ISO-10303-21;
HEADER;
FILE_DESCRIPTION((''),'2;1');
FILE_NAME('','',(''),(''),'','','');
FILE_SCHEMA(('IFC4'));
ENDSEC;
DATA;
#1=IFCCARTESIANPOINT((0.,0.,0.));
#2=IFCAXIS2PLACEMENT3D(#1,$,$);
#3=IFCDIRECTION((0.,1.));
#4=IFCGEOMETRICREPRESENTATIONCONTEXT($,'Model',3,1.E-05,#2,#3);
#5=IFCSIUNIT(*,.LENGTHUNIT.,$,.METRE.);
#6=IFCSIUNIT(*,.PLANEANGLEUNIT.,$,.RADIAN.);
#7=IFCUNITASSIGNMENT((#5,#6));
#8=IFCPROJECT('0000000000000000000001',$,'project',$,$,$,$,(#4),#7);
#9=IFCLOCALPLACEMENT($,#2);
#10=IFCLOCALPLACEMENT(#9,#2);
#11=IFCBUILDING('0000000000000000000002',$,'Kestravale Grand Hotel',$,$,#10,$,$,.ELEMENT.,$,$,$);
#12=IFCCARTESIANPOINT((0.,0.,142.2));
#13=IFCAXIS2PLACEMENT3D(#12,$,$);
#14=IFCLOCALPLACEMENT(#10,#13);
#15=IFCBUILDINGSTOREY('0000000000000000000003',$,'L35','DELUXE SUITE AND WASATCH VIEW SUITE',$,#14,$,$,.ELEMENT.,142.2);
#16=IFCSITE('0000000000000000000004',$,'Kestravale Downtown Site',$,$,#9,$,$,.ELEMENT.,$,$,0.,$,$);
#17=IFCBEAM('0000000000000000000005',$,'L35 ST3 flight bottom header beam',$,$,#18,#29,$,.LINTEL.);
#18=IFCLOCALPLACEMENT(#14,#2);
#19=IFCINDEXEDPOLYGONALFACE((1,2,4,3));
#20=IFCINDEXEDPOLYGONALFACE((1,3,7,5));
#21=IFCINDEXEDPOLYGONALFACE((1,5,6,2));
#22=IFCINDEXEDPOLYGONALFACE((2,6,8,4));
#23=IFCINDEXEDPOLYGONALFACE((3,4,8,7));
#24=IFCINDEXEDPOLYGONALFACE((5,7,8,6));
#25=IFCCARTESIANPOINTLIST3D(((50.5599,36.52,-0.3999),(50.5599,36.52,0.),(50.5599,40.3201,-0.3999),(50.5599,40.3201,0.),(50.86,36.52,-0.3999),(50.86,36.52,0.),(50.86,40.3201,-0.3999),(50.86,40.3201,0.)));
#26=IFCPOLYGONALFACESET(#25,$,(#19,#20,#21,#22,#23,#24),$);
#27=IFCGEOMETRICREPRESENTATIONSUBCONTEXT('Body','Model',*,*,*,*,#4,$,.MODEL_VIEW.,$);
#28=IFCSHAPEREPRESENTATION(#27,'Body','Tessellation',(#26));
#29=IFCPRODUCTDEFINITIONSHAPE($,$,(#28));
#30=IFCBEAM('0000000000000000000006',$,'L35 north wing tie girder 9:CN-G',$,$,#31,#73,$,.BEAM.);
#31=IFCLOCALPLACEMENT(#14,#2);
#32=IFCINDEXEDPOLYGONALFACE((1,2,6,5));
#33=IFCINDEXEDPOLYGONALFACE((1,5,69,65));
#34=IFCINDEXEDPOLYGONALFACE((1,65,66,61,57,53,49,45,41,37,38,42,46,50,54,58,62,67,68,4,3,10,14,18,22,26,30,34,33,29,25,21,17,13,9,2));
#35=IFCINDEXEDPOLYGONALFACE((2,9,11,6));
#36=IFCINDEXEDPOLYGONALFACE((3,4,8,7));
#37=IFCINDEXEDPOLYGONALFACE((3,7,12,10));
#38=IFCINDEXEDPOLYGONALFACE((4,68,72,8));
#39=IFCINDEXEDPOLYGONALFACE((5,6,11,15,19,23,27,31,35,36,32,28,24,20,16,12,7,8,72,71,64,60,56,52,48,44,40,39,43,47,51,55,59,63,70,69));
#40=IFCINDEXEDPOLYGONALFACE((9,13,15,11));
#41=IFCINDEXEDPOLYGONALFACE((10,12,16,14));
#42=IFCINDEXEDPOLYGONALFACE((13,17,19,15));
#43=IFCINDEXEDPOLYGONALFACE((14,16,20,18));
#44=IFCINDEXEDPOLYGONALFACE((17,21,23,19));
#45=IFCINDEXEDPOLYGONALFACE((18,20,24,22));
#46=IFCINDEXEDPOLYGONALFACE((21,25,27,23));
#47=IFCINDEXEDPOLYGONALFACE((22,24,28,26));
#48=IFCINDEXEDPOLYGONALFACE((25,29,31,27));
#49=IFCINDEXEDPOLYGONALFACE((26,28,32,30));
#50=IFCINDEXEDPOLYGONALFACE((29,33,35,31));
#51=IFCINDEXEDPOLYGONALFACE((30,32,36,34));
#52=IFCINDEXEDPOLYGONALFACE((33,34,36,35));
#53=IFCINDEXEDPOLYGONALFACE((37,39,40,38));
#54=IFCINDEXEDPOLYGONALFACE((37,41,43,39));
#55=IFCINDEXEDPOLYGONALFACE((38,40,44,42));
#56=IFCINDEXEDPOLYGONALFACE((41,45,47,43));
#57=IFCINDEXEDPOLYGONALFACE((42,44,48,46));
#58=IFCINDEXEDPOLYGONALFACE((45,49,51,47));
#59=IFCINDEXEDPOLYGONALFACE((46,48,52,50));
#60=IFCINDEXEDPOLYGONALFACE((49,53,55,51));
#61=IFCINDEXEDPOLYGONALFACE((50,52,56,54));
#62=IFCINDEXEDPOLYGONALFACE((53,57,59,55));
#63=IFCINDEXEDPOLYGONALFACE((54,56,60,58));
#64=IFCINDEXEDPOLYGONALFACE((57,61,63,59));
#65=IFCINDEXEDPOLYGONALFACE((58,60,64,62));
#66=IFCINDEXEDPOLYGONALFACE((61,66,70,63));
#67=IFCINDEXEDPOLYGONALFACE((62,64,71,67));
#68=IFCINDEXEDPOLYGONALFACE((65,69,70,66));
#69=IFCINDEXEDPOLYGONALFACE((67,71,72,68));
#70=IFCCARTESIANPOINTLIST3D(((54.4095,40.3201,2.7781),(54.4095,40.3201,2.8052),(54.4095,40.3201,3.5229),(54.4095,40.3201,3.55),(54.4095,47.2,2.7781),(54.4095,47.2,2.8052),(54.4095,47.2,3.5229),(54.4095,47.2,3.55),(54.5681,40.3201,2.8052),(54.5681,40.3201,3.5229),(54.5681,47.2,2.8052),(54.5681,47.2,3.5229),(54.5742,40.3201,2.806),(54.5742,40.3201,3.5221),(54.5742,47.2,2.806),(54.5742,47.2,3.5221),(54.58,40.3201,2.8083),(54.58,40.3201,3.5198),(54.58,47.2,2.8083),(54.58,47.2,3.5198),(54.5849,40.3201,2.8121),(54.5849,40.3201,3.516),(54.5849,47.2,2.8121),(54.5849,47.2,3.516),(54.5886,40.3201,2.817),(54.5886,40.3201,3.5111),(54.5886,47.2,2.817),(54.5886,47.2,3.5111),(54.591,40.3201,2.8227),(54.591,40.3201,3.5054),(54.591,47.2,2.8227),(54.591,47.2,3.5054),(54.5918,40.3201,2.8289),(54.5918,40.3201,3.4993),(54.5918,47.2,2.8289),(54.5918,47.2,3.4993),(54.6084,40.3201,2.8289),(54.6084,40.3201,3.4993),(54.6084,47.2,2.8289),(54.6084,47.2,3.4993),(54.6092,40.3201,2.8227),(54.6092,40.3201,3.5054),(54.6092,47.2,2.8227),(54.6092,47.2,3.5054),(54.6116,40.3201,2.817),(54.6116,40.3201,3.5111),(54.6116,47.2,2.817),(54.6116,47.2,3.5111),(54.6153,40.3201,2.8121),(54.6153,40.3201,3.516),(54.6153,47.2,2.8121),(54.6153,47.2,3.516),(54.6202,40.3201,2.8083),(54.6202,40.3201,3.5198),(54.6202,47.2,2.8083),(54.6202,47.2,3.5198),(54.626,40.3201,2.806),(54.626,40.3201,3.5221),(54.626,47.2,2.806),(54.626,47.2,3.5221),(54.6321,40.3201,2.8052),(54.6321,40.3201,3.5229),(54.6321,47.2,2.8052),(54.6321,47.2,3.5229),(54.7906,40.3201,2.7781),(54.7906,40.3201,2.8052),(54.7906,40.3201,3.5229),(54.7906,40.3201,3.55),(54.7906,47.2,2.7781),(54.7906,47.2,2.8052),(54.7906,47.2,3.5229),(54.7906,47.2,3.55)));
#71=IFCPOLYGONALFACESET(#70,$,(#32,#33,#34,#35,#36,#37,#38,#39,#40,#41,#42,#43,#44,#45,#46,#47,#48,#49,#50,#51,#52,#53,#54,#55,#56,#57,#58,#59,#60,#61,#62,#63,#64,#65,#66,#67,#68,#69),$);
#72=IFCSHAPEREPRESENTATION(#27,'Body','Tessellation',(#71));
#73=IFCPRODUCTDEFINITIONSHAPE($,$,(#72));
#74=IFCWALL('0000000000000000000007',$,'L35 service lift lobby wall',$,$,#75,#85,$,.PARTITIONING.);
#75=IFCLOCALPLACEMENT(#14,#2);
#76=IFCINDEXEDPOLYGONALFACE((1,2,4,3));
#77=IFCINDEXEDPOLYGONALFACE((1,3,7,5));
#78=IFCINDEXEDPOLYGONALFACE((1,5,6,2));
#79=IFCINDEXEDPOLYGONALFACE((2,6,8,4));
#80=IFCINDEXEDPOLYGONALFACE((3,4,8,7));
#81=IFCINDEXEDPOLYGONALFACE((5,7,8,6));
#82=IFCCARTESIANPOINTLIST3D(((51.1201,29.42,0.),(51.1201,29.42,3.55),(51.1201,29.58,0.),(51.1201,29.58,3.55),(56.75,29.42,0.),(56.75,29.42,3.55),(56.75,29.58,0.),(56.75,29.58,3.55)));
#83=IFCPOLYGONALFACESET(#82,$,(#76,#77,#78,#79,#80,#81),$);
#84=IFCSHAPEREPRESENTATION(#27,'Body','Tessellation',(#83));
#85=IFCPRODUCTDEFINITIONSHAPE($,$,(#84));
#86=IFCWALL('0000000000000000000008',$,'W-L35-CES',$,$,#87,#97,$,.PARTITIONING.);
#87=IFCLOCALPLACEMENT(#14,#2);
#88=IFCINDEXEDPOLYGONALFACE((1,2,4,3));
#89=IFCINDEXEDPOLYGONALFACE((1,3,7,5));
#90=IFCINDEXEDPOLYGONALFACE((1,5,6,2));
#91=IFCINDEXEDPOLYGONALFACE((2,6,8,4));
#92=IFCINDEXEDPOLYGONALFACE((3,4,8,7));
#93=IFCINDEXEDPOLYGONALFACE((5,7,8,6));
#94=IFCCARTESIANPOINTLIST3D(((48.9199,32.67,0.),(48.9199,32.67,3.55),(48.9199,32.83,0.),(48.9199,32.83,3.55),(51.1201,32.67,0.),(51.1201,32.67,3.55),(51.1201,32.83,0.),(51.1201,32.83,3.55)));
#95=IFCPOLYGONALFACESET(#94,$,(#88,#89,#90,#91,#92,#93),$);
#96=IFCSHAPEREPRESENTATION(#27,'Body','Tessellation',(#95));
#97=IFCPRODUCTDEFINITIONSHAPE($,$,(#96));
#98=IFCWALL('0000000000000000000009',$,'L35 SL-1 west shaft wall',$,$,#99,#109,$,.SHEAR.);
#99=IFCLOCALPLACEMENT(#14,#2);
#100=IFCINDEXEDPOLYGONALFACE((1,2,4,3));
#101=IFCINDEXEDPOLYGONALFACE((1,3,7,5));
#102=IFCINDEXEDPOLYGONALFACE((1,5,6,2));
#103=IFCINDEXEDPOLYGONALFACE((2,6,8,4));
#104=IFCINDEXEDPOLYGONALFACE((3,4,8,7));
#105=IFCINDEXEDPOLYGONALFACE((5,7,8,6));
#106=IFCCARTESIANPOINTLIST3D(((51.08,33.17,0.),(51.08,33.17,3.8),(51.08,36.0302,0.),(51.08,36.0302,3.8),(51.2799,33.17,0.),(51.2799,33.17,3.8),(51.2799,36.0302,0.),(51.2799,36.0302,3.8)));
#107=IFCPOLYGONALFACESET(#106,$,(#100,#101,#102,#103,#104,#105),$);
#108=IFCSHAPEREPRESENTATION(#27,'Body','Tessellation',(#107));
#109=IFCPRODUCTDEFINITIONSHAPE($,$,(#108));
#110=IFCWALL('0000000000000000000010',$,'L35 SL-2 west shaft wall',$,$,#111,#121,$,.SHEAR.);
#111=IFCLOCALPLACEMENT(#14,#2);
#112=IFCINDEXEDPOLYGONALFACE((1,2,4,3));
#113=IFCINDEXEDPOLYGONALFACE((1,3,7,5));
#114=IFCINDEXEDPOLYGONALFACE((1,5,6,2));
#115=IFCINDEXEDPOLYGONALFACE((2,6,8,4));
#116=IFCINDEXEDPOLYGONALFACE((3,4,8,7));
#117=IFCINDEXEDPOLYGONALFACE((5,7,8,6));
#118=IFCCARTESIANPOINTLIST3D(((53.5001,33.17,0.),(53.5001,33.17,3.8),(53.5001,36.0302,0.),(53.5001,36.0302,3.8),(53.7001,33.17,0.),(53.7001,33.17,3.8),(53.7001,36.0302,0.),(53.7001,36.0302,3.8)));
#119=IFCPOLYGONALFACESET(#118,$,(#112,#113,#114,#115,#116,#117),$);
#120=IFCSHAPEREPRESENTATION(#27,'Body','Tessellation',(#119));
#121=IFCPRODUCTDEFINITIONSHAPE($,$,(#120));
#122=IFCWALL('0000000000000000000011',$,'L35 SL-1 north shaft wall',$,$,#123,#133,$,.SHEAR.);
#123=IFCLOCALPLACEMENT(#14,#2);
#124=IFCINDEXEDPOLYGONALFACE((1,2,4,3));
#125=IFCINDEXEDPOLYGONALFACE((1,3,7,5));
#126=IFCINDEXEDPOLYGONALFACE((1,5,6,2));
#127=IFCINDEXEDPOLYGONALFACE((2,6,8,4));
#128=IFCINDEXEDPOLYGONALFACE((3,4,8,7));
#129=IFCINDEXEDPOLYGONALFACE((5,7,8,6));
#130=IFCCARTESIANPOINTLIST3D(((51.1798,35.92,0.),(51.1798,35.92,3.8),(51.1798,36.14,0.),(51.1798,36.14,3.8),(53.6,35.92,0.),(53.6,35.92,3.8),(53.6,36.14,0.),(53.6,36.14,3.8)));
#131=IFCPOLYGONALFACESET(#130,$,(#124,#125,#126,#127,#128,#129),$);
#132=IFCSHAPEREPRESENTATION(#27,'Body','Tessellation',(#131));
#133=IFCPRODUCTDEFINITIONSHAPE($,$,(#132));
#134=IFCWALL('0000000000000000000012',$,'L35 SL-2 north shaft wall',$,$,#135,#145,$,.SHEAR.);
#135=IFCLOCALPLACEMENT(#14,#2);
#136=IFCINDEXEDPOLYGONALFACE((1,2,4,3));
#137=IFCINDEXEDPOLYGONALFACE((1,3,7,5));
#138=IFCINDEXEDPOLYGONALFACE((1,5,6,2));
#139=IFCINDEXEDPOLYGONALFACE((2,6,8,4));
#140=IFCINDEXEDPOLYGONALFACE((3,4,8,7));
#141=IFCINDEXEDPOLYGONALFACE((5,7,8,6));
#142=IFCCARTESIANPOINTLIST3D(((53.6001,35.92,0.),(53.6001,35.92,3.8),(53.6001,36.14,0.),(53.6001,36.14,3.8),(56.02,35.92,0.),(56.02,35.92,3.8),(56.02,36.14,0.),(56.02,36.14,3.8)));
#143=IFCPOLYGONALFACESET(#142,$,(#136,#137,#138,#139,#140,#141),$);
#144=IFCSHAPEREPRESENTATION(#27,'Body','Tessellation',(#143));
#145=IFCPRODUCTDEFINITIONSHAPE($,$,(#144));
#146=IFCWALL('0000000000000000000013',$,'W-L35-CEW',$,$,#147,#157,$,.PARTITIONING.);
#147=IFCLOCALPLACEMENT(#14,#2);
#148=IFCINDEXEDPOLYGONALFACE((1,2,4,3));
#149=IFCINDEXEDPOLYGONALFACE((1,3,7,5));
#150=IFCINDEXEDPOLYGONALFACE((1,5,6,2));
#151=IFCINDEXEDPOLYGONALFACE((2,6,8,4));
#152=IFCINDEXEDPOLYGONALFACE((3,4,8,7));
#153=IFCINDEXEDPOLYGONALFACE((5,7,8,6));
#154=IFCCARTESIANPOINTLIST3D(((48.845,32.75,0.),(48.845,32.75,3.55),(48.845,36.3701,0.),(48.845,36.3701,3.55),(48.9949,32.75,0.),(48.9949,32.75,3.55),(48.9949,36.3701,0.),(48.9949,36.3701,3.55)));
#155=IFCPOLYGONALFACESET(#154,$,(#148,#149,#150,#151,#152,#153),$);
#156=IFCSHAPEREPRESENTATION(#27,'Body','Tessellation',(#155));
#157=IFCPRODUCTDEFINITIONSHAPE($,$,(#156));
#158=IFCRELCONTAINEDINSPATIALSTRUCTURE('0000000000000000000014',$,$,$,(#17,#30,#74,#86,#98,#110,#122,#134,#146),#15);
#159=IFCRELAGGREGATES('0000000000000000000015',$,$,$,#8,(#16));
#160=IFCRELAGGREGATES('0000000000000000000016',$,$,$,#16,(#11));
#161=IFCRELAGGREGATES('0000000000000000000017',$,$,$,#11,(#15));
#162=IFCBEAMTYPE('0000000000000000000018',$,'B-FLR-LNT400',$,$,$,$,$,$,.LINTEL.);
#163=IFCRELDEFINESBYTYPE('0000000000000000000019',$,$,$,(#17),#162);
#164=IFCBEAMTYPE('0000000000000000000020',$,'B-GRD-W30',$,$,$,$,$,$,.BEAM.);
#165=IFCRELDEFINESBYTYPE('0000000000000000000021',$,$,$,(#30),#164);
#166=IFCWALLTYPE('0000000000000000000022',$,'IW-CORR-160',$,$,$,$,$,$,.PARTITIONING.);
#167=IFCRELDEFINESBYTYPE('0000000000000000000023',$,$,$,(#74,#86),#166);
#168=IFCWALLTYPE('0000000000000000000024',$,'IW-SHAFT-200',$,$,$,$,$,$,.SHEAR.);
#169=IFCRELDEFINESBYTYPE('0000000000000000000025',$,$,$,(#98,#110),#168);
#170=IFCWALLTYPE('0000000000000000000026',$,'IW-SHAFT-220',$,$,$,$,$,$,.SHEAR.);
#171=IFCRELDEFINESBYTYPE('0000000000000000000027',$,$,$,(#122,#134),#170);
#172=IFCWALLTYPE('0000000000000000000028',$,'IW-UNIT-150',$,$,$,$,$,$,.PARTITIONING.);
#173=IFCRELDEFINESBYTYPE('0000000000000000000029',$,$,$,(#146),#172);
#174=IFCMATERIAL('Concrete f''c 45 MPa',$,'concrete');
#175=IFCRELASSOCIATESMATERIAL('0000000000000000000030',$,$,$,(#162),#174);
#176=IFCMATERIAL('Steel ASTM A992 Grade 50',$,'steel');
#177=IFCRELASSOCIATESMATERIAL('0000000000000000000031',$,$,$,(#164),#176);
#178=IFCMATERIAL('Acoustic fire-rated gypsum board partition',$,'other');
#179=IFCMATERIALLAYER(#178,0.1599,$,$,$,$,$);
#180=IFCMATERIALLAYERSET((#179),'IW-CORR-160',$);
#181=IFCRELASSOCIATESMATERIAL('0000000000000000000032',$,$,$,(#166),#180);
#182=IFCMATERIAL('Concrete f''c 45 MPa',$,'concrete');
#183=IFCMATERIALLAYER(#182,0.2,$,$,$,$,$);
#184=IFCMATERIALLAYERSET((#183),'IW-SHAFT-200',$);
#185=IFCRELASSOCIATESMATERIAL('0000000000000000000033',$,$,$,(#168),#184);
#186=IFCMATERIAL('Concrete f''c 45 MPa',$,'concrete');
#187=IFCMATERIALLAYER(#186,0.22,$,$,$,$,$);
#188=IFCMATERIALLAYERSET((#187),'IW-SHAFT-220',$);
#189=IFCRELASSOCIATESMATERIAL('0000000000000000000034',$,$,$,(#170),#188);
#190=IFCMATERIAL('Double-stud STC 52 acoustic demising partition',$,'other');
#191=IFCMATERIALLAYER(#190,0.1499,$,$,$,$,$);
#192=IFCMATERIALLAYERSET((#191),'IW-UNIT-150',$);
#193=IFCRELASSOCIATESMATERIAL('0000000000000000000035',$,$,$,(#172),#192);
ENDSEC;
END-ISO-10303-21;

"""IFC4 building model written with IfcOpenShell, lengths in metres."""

from ifc_helpers import new_model, si_unit, direction, frame, frame_2d, origin, origin_2d, place, context, subcontext, project, spatial, rectangle, i_section, extrude, material, layer, layer_set, material_profile, profile_set, type_object, element, save


model = new_model("IFC4")

# Units and contexts
model_context = context("Model", 3, precision=1e-05, world=origin(), true_north=direction((0.0, 1.0)))
body_context = subcontext(model_context, "Body", "Model", "MODEL_VIEW")
ifc_project = project(units=[si_unit("LENGTHUNIT", "METRE"), si_unit("PLANEANGLEUNIT", "RADIAN")], contexts=[model_context])

# Site, building, storey
site_placement = place(None, origin())
site = spatial("IfcSite", under=ifc_project, at=site_placement, Name="Kestravale Downtown Site", CompositionType="ELEMENT", RefElevation=0.0)
building_placement = place(site_placement, origin())
building = spatial("IfcBuilding", under=site, at=building_placement, Name="Kestravale Grand Hotel", CompositionType="ELEMENT")
storey_placement = place(building_placement, frame((0.0, 0.0, 142.2)))
storey = spatial("IfcBuildingStorey", under=building, at=storey_placement, Name="L35", Description="DELUXE SUITE AND WASATCH VIEW SUITE", CompositionType="ELEMENT", Elevation=142.2)

# Beams
ifc_material_1 = material(Name="Concrete f'c 45 MPa", Category="concrete")
ifc_material_profile_1 = material_profile(ifc_material_1, rectangle(XDim=0.3, YDim=0.3999, at=origin_2d()))
ifc_profile_set_1 = profile_set([ifc_material_profile_1], Name="Concrete f'c 45 MPa")
beam_type_1 = type_object("IfcBeamType", Name="B-FLR-LNT400", PredefinedType="LINTEL", material=ifc_profile_set_1)
beam_1_placement = place(storey_placement, frame((50.71, 36.52, -0.2), z_axis=(0.0, 1.0, 0.0), x_axis=(-1.0, 0.0, 0.0)))
element("IfcBeam", 1, at=beam_1_placement, inside=storey, type_object=beam_type_1, Name="L35 ST3 flight bottom header beam", PredefinedType="LINTEL", context=body_context, shape_type="SweptSolid", body=[
    extrude(rectangle(XDim=0.3, YDim=0.3999, at=origin_2d()), origin(), (0.0, 0.0, 1.0), 3.8),
])
ifc_material_2 = material(Name="Steel ASTM A992 Grade 50", Category="steel")
ifc_material_profile_2 = material_profile(ifc_material_2, i_section(OverallWidth=0.3811, OverallDepth=0.772, WebThickness=0.0166, FlangeThickness=0.0271, FilletRadius=0.0237, at=origin_2d()))
ifc_profile_set_2 = profile_set([ifc_material_profile_2], Name="Steel ASTM A992 Grade 50")
beam_type_2 = type_object("IfcBeamType", Name="B-GRD-W30", PredefinedType="BEAM", material=ifc_profile_set_2)
beam_2_placement = place(storey_placement, frame((54.6001, 40.3201, 3.1641), z_axis=(0.0, 1.0, 0.0), x_axis=(-1.0, 0.0, 0.0)))
element("IfcBeam", 2, at=beam_2_placement, inside=storey, type_object=beam_type_2, Name="L35 north wing tie girder 9:CN-G", PredefinedType="BEAM", context=body_context, shape_type="SweptSolid", body=[
    extrude(i_section(OverallWidth=0.3811, OverallDepth=0.772, WebThickness=0.0166, FlangeThickness=0.0271, FilletRadius=0.0237, at=origin_2d()), origin(), (0.0, 0.0, 1.0), 6.8799),
])

# Shared definitions
ifc_material_3 = material(Name="Acoustic fire-rated gypsum board partition", Category="other")
ifc_layer_1 = layer(ifc_material_3, 0.1599)
ifc_layer_set_1 = layer_set([ifc_layer_1], Name="IW-CORR-160")
wall_type_1 = type_object("IfcWallType", Name="IW-CORR-160", PredefinedType="PARTITIONING", material=ifc_layer_set_1)

# Walls
wall_1_placement = place(storey_placement, frame((51.1201, 29.5, 0.0), z_axis=(0.0, 0.0, 1.0), x_axis=(1.0, 0.0, 0.0)))
element("IfcWall", 3, at=wall_1_placement, inside=storey, type_object=wall_type_1, Name="L35 service lift lobby wall", PredefinedType="PARTITIONING", context=body_context, shape_type="SweptSolid", body=[
    extrude(rectangle(XDim=5.6299, YDim=0.1599, at=frame_2d((2.8149, 0.0))), origin(), (0.0, 0.0, 1.0), 3.55),
])
wall_2_placement = place(storey_placement, frame((48.9199, 32.75, 0.0), z_axis=(0.0, 0.0, 1.0), x_axis=(1.0, 0.0, 0.0)))
element("IfcWall", 4, at=wall_2_placement, inside=storey, type_object=wall_type_1, Name="W-L35-CES", PredefinedType="PARTITIONING", context=body_context, shape_type="SweptSolid", body=[
    extrude(rectangle(XDim=2.2002, YDim=0.1599, at=frame_2d((1.1001, 0.0))), origin(), (0.0, 0.0, 1.0), 3.55),
])
ifc_material_4 = material(Name="Concrete f'c 45 MPa", Category="concrete")
ifc_layer_2 = layer(ifc_material_4, 0.2)
ifc_layer_set_2 = layer_set([ifc_layer_2], Name="IW-SHAFT-200")
wall_type_2 = type_object("IfcWallType", Name="IW-SHAFT-200", PredefinedType="SHEAR", material=ifc_layer_set_2)
for number, where, z_axis, x_axis, name in (
    (5, (51.1799, 33.1699, 0.0), (0.0, 0.0, 1.0), (0.0, 1.0, 0.0), "L35 SL-1 west shaft wall"),
    (6, (53.6001, 33.1699, 0.0), (0.0, 0.0, 1.0), (0.0, 1.0, 0.0), "L35 SL-2 west shaft wall"),
):
    element("IfcWall", number, at=place(storey_placement, frame(where, z_axis=z_axis, x_axis=x_axis)), inside=storey, type_object=wall_type_2, Name=name, PredefinedType="SHEAR", context=body_context, shape_type="SweptSolid", body=[
        extrude(rectangle(XDim=2.8601, YDim=0.2, at=frame_2d((1.4302, 0.0))), origin(), (0.0, 0.0, 1.0), 3.8),
    ])
ifc_material_5 = material(Name="Concrete f'c 45 MPa", Category="concrete")
ifc_layer_3 = layer(ifc_material_5, 0.22)
ifc_layer_set_3 = layer_set([ifc_layer_3], Name="IW-SHAFT-220")
wall_type_3 = type_object("IfcWallType", Name="IW-SHAFT-220", PredefinedType="SHEAR", material=ifc_layer_set_3)
wall_3_placement = place(storey_placement, frame((51.1799, 36.03, 0.0), z_axis=(0.0, 0.0, 1.0), x_axis=(1.0, 0.0, 0.0)))
element("IfcWall", 7, at=wall_3_placement, inside=storey, type_object=wall_type_3, Name="L35 SL-1 north shaft wall", PredefinedType="SHEAR", context=body_context, shape_type="SweptSolid", body=[
    extrude(rectangle(XDim=2.4202, YDim=0.22, at=frame_2d((1.21, 0.0))), origin(), (0.0, 0.0, 1.0), 3.8),
])

# Wall
wall_4_placement = place(storey_placement, frame((53.6001, 36.03, 0.0), z_axis=(0.0, 0.0, 1.0), x_axis=(1.0, 0.0, 0.0)))
element("IfcWall", 8, at=wall_4_placement, inside=storey, type_object=wall_type_3, Name="L35 SL-2 north shaft wall", PredefinedType="SHEAR", context=body_context, shape_type="SweptSolid", body=[
    extrude(rectangle(XDim=2.4199, YDim=0.22, at=frame_2d((1.21, 0.0))), origin(), (0.0, 0.0, 1.0), 3.8),
])

# Wall
ifc_material_6 = material(Name="Double-stud STC 52 acoustic demising partition", Category="other")
ifc_layer_4 = layer(ifc_material_6, 0.1499)
ifc_layer_set_4 = layer_set([ifc_layer_4], Name="IW-UNIT-150")
wall_type_4 = type_object("IfcWallType", Name="IW-UNIT-150", PredefinedType="PARTITIONING", material=ifc_layer_set_4)
wall_5_placement = place(storey_placement, frame((48.9199, 32.75, 0.0), z_axis=(0.0, 0.0, 1.0), x_axis=(0.0, 1.0, 0.0)))
element("IfcWall", 9, at=wall_5_placement, inside=storey, type_object=wall_type_4, Name="W-L35-CEW", PredefinedType="PARTITIONING", context=body_context, shape_type="SweptSolid", body=[
    extrude(rectangle(XDim=3.6201, YDim=0.1499, at=frame_2d((1.8101, 0.0))), origin(), (0.0, 0.0, 1.0), 3.55),
])

save(model, "model.ifc")
